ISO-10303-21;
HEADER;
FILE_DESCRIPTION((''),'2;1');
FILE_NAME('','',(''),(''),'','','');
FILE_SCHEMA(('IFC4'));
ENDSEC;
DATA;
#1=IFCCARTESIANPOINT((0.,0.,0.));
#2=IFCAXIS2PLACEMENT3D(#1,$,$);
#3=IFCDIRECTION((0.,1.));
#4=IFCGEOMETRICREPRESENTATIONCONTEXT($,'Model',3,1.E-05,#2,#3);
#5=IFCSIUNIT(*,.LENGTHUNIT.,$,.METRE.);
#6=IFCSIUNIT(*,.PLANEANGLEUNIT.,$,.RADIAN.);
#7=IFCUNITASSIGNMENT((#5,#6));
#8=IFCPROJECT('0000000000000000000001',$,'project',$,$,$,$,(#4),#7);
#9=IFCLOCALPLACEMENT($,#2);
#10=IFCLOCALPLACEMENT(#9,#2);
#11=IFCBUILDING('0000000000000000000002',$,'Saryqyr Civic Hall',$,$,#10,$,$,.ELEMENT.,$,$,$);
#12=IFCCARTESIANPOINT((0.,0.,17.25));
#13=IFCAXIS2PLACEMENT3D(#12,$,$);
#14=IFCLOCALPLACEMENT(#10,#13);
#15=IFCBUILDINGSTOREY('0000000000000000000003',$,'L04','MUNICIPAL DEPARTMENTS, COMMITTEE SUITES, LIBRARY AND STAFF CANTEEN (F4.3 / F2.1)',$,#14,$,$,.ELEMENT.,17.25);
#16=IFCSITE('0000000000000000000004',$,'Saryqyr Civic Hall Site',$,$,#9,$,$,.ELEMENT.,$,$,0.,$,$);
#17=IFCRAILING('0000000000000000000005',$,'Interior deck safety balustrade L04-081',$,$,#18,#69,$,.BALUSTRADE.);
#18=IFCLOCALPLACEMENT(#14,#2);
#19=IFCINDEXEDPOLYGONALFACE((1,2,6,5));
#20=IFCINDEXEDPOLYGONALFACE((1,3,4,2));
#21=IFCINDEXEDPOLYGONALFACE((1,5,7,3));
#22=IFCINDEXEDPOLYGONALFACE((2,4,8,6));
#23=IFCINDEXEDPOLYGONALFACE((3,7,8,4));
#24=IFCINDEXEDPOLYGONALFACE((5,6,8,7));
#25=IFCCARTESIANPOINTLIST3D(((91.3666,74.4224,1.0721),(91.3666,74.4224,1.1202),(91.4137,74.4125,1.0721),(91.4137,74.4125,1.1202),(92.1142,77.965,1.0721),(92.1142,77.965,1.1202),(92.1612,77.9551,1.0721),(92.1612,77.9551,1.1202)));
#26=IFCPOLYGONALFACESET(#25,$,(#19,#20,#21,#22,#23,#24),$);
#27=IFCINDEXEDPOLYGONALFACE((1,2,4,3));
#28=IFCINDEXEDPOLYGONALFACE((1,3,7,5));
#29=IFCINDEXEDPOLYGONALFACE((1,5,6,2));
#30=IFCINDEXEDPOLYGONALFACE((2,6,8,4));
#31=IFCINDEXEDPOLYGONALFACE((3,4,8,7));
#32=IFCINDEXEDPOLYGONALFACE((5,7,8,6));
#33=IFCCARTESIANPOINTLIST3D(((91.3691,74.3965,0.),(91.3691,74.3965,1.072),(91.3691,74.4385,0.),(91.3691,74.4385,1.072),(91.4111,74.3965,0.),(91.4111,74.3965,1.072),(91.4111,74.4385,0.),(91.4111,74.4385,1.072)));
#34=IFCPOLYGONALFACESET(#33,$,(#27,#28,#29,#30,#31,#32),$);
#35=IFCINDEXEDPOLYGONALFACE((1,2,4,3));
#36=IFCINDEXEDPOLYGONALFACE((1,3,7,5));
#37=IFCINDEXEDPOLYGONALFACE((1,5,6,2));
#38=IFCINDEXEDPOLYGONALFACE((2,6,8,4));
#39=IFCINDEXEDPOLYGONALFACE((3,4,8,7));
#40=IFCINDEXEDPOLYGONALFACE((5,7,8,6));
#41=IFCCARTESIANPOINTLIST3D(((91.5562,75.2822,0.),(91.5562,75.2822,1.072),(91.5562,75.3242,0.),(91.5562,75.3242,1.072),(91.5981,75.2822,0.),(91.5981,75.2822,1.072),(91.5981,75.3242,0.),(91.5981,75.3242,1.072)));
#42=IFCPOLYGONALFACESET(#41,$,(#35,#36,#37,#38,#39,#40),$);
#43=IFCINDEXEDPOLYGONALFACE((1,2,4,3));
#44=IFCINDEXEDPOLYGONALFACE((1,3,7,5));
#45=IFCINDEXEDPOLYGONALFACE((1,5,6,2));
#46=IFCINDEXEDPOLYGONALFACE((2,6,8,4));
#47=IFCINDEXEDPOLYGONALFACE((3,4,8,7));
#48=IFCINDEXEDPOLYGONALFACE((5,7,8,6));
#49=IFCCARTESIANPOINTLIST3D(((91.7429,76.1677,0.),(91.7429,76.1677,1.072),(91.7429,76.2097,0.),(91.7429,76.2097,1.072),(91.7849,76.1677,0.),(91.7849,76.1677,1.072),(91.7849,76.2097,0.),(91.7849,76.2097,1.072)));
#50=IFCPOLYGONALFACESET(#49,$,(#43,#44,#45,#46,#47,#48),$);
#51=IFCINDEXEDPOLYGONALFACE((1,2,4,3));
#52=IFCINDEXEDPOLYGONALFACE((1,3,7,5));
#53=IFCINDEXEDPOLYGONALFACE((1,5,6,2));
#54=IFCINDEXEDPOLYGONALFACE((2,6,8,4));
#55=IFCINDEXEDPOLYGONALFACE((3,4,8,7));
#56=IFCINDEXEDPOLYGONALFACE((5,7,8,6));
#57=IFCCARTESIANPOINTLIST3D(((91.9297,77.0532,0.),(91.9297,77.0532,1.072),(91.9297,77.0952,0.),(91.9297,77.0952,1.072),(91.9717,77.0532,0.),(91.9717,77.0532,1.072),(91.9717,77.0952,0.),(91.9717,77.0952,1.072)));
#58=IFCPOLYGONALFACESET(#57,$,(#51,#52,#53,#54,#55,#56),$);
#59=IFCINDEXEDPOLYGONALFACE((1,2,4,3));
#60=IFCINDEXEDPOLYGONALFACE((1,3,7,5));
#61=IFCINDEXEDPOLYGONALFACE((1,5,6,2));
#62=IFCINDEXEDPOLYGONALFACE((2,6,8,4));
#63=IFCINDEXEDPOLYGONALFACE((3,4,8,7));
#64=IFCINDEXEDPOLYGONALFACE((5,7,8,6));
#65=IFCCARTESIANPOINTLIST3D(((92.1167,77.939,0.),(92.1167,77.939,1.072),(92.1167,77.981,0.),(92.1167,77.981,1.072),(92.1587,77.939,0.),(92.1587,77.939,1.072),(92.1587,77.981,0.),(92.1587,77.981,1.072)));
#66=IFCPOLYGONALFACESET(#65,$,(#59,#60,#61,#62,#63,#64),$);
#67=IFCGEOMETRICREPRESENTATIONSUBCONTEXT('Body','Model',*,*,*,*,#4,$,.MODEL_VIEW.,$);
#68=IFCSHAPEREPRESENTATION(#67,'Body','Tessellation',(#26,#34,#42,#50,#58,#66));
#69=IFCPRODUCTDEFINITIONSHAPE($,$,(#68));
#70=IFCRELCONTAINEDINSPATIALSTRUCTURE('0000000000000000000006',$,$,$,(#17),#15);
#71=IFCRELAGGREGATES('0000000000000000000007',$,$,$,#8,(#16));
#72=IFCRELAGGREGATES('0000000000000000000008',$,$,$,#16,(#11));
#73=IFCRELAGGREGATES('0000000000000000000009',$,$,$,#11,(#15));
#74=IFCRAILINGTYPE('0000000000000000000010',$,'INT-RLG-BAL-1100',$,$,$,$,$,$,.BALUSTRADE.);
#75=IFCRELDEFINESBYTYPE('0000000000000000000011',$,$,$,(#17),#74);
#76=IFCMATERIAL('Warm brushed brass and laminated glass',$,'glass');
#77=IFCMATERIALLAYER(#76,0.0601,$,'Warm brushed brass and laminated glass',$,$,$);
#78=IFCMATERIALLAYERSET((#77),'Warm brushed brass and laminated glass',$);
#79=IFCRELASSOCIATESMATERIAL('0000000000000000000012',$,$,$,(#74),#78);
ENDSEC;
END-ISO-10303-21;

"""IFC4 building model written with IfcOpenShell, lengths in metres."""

from ifc_helpers import new_model, si_unit, direction, frame, origin, origin_2d, place, context, subcontext, project, spatial, rectangle, extrude, material, layer, layer_set, type_object, element, save


model = new_model("IFC4")

# Units and contexts
model_context = context("Model", 3, precision=1e-05, world=origin(), true_north=direction((0.0, 1.0)))
body_context = subcontext(model_context, "Body", "Model", "MODEL_VIEW")
ifc_project = project(units=[si_unit("LENGTHUNIT", "METRE"), si_unit("PLANEANGLEUNIT", "RADIAN")], contexts=[model_context])

# Site, building, storey
site_placement = place(None, origin())
site = spatial("IfcSite", under=ifc_project, at=site_placement, Name="Saryqyr Civic Hall Site", CompositionType="ELEMENT", RefElevation=0.0)
building_placement = place(site_placement, origin())
building = spatial("IfcBuilding", under=site, at=building_placement, Name="Saryqyr Civic Hall", CompositionType="ELEMENT")
storey_placement = place(building_placement, frame((0.0, 0.0, 17.25)))
storey = spatial("IfcBuildingStorey", under=building, at=storey_placement, Name="L04", Description="MUNICIPAL DEPARTMENTS, COMMITTEE SUITES, LIBRARY AND STAFF CANTEEN (F4.3 / F2.1)", CompositionType="ELEMENT", Elevation=17.25)

# Railing
ifc_material_1 = material(Name="Warm brushed brass and laminated glass", Category="glass")
ifc_layer_1 = layer(ifc_material_1, 0.0601, Name="Warm brushed brass and laminated glass")
ifc_layer_set_1 = layer_set([ifc_layer_1], Name="Warm brushed brass and laminated glass")
railing_type = type_object("IfcRailingType", Name="INT-RLG-BAL-1100", PredefinedType="BALUSTRADE", material=ifc_layer_set_1)
railing_1_placement = place(storey_placement, frame((91.3901, 74.4175, 0.0)))
element("IfcRailing", 1, at=railing_1_placement, inside=storey, type_object=railing_type, Name="Interior deck safety balustrade L04-081", PredefinedType="BALUSTRADE", context=body_context, shape_type="SweptSolid", body=[
    extrude(rectangle(XDim=0.0481, YDim=0.0481, at=origin_2d()), frame((0.0, 0.0, 1.0962), z_axis=(0.206479, 0.978451, 0.0), x_axis=(-0.978451, 0.206479, 0.0)), (0.0, 0.0, 1.0), 3.6206),
    extrude(rectangle(XDim=0.042, YDim=0.042, at=origin_2d()), origin(), (0.0, 0.0, 1.0), 1.072),
    extrude(rectangle(XDim=0.042, YDim=0.042, at=origin_2d()), frame((0.187, 0.8857, 0.0)), (0.0, 0.0, 1.0), 1.072),
    extrude(rectangle(XDim=0.042, YDim=0.042, at=origin_2d()), frame((0.3738, 1.7712, 0.0)), (0.0, 0.0, 1.0), 1.072),
    extrude(rectangle(XDim=0.042, YDim=0.042, at=origin_2d()), frame((0.5605, 2.6567, 0.0)), (0.0, 0.0, 1.0), 1.072),
    extrude(rectangle(XDim=0.042, YDim=0.042, at=origin_2d()), frame((0.7476, 3.5425, 0.0)), (0.0, 0.0, 1.0), 1.072),
])

save(model, "model.ifc")
